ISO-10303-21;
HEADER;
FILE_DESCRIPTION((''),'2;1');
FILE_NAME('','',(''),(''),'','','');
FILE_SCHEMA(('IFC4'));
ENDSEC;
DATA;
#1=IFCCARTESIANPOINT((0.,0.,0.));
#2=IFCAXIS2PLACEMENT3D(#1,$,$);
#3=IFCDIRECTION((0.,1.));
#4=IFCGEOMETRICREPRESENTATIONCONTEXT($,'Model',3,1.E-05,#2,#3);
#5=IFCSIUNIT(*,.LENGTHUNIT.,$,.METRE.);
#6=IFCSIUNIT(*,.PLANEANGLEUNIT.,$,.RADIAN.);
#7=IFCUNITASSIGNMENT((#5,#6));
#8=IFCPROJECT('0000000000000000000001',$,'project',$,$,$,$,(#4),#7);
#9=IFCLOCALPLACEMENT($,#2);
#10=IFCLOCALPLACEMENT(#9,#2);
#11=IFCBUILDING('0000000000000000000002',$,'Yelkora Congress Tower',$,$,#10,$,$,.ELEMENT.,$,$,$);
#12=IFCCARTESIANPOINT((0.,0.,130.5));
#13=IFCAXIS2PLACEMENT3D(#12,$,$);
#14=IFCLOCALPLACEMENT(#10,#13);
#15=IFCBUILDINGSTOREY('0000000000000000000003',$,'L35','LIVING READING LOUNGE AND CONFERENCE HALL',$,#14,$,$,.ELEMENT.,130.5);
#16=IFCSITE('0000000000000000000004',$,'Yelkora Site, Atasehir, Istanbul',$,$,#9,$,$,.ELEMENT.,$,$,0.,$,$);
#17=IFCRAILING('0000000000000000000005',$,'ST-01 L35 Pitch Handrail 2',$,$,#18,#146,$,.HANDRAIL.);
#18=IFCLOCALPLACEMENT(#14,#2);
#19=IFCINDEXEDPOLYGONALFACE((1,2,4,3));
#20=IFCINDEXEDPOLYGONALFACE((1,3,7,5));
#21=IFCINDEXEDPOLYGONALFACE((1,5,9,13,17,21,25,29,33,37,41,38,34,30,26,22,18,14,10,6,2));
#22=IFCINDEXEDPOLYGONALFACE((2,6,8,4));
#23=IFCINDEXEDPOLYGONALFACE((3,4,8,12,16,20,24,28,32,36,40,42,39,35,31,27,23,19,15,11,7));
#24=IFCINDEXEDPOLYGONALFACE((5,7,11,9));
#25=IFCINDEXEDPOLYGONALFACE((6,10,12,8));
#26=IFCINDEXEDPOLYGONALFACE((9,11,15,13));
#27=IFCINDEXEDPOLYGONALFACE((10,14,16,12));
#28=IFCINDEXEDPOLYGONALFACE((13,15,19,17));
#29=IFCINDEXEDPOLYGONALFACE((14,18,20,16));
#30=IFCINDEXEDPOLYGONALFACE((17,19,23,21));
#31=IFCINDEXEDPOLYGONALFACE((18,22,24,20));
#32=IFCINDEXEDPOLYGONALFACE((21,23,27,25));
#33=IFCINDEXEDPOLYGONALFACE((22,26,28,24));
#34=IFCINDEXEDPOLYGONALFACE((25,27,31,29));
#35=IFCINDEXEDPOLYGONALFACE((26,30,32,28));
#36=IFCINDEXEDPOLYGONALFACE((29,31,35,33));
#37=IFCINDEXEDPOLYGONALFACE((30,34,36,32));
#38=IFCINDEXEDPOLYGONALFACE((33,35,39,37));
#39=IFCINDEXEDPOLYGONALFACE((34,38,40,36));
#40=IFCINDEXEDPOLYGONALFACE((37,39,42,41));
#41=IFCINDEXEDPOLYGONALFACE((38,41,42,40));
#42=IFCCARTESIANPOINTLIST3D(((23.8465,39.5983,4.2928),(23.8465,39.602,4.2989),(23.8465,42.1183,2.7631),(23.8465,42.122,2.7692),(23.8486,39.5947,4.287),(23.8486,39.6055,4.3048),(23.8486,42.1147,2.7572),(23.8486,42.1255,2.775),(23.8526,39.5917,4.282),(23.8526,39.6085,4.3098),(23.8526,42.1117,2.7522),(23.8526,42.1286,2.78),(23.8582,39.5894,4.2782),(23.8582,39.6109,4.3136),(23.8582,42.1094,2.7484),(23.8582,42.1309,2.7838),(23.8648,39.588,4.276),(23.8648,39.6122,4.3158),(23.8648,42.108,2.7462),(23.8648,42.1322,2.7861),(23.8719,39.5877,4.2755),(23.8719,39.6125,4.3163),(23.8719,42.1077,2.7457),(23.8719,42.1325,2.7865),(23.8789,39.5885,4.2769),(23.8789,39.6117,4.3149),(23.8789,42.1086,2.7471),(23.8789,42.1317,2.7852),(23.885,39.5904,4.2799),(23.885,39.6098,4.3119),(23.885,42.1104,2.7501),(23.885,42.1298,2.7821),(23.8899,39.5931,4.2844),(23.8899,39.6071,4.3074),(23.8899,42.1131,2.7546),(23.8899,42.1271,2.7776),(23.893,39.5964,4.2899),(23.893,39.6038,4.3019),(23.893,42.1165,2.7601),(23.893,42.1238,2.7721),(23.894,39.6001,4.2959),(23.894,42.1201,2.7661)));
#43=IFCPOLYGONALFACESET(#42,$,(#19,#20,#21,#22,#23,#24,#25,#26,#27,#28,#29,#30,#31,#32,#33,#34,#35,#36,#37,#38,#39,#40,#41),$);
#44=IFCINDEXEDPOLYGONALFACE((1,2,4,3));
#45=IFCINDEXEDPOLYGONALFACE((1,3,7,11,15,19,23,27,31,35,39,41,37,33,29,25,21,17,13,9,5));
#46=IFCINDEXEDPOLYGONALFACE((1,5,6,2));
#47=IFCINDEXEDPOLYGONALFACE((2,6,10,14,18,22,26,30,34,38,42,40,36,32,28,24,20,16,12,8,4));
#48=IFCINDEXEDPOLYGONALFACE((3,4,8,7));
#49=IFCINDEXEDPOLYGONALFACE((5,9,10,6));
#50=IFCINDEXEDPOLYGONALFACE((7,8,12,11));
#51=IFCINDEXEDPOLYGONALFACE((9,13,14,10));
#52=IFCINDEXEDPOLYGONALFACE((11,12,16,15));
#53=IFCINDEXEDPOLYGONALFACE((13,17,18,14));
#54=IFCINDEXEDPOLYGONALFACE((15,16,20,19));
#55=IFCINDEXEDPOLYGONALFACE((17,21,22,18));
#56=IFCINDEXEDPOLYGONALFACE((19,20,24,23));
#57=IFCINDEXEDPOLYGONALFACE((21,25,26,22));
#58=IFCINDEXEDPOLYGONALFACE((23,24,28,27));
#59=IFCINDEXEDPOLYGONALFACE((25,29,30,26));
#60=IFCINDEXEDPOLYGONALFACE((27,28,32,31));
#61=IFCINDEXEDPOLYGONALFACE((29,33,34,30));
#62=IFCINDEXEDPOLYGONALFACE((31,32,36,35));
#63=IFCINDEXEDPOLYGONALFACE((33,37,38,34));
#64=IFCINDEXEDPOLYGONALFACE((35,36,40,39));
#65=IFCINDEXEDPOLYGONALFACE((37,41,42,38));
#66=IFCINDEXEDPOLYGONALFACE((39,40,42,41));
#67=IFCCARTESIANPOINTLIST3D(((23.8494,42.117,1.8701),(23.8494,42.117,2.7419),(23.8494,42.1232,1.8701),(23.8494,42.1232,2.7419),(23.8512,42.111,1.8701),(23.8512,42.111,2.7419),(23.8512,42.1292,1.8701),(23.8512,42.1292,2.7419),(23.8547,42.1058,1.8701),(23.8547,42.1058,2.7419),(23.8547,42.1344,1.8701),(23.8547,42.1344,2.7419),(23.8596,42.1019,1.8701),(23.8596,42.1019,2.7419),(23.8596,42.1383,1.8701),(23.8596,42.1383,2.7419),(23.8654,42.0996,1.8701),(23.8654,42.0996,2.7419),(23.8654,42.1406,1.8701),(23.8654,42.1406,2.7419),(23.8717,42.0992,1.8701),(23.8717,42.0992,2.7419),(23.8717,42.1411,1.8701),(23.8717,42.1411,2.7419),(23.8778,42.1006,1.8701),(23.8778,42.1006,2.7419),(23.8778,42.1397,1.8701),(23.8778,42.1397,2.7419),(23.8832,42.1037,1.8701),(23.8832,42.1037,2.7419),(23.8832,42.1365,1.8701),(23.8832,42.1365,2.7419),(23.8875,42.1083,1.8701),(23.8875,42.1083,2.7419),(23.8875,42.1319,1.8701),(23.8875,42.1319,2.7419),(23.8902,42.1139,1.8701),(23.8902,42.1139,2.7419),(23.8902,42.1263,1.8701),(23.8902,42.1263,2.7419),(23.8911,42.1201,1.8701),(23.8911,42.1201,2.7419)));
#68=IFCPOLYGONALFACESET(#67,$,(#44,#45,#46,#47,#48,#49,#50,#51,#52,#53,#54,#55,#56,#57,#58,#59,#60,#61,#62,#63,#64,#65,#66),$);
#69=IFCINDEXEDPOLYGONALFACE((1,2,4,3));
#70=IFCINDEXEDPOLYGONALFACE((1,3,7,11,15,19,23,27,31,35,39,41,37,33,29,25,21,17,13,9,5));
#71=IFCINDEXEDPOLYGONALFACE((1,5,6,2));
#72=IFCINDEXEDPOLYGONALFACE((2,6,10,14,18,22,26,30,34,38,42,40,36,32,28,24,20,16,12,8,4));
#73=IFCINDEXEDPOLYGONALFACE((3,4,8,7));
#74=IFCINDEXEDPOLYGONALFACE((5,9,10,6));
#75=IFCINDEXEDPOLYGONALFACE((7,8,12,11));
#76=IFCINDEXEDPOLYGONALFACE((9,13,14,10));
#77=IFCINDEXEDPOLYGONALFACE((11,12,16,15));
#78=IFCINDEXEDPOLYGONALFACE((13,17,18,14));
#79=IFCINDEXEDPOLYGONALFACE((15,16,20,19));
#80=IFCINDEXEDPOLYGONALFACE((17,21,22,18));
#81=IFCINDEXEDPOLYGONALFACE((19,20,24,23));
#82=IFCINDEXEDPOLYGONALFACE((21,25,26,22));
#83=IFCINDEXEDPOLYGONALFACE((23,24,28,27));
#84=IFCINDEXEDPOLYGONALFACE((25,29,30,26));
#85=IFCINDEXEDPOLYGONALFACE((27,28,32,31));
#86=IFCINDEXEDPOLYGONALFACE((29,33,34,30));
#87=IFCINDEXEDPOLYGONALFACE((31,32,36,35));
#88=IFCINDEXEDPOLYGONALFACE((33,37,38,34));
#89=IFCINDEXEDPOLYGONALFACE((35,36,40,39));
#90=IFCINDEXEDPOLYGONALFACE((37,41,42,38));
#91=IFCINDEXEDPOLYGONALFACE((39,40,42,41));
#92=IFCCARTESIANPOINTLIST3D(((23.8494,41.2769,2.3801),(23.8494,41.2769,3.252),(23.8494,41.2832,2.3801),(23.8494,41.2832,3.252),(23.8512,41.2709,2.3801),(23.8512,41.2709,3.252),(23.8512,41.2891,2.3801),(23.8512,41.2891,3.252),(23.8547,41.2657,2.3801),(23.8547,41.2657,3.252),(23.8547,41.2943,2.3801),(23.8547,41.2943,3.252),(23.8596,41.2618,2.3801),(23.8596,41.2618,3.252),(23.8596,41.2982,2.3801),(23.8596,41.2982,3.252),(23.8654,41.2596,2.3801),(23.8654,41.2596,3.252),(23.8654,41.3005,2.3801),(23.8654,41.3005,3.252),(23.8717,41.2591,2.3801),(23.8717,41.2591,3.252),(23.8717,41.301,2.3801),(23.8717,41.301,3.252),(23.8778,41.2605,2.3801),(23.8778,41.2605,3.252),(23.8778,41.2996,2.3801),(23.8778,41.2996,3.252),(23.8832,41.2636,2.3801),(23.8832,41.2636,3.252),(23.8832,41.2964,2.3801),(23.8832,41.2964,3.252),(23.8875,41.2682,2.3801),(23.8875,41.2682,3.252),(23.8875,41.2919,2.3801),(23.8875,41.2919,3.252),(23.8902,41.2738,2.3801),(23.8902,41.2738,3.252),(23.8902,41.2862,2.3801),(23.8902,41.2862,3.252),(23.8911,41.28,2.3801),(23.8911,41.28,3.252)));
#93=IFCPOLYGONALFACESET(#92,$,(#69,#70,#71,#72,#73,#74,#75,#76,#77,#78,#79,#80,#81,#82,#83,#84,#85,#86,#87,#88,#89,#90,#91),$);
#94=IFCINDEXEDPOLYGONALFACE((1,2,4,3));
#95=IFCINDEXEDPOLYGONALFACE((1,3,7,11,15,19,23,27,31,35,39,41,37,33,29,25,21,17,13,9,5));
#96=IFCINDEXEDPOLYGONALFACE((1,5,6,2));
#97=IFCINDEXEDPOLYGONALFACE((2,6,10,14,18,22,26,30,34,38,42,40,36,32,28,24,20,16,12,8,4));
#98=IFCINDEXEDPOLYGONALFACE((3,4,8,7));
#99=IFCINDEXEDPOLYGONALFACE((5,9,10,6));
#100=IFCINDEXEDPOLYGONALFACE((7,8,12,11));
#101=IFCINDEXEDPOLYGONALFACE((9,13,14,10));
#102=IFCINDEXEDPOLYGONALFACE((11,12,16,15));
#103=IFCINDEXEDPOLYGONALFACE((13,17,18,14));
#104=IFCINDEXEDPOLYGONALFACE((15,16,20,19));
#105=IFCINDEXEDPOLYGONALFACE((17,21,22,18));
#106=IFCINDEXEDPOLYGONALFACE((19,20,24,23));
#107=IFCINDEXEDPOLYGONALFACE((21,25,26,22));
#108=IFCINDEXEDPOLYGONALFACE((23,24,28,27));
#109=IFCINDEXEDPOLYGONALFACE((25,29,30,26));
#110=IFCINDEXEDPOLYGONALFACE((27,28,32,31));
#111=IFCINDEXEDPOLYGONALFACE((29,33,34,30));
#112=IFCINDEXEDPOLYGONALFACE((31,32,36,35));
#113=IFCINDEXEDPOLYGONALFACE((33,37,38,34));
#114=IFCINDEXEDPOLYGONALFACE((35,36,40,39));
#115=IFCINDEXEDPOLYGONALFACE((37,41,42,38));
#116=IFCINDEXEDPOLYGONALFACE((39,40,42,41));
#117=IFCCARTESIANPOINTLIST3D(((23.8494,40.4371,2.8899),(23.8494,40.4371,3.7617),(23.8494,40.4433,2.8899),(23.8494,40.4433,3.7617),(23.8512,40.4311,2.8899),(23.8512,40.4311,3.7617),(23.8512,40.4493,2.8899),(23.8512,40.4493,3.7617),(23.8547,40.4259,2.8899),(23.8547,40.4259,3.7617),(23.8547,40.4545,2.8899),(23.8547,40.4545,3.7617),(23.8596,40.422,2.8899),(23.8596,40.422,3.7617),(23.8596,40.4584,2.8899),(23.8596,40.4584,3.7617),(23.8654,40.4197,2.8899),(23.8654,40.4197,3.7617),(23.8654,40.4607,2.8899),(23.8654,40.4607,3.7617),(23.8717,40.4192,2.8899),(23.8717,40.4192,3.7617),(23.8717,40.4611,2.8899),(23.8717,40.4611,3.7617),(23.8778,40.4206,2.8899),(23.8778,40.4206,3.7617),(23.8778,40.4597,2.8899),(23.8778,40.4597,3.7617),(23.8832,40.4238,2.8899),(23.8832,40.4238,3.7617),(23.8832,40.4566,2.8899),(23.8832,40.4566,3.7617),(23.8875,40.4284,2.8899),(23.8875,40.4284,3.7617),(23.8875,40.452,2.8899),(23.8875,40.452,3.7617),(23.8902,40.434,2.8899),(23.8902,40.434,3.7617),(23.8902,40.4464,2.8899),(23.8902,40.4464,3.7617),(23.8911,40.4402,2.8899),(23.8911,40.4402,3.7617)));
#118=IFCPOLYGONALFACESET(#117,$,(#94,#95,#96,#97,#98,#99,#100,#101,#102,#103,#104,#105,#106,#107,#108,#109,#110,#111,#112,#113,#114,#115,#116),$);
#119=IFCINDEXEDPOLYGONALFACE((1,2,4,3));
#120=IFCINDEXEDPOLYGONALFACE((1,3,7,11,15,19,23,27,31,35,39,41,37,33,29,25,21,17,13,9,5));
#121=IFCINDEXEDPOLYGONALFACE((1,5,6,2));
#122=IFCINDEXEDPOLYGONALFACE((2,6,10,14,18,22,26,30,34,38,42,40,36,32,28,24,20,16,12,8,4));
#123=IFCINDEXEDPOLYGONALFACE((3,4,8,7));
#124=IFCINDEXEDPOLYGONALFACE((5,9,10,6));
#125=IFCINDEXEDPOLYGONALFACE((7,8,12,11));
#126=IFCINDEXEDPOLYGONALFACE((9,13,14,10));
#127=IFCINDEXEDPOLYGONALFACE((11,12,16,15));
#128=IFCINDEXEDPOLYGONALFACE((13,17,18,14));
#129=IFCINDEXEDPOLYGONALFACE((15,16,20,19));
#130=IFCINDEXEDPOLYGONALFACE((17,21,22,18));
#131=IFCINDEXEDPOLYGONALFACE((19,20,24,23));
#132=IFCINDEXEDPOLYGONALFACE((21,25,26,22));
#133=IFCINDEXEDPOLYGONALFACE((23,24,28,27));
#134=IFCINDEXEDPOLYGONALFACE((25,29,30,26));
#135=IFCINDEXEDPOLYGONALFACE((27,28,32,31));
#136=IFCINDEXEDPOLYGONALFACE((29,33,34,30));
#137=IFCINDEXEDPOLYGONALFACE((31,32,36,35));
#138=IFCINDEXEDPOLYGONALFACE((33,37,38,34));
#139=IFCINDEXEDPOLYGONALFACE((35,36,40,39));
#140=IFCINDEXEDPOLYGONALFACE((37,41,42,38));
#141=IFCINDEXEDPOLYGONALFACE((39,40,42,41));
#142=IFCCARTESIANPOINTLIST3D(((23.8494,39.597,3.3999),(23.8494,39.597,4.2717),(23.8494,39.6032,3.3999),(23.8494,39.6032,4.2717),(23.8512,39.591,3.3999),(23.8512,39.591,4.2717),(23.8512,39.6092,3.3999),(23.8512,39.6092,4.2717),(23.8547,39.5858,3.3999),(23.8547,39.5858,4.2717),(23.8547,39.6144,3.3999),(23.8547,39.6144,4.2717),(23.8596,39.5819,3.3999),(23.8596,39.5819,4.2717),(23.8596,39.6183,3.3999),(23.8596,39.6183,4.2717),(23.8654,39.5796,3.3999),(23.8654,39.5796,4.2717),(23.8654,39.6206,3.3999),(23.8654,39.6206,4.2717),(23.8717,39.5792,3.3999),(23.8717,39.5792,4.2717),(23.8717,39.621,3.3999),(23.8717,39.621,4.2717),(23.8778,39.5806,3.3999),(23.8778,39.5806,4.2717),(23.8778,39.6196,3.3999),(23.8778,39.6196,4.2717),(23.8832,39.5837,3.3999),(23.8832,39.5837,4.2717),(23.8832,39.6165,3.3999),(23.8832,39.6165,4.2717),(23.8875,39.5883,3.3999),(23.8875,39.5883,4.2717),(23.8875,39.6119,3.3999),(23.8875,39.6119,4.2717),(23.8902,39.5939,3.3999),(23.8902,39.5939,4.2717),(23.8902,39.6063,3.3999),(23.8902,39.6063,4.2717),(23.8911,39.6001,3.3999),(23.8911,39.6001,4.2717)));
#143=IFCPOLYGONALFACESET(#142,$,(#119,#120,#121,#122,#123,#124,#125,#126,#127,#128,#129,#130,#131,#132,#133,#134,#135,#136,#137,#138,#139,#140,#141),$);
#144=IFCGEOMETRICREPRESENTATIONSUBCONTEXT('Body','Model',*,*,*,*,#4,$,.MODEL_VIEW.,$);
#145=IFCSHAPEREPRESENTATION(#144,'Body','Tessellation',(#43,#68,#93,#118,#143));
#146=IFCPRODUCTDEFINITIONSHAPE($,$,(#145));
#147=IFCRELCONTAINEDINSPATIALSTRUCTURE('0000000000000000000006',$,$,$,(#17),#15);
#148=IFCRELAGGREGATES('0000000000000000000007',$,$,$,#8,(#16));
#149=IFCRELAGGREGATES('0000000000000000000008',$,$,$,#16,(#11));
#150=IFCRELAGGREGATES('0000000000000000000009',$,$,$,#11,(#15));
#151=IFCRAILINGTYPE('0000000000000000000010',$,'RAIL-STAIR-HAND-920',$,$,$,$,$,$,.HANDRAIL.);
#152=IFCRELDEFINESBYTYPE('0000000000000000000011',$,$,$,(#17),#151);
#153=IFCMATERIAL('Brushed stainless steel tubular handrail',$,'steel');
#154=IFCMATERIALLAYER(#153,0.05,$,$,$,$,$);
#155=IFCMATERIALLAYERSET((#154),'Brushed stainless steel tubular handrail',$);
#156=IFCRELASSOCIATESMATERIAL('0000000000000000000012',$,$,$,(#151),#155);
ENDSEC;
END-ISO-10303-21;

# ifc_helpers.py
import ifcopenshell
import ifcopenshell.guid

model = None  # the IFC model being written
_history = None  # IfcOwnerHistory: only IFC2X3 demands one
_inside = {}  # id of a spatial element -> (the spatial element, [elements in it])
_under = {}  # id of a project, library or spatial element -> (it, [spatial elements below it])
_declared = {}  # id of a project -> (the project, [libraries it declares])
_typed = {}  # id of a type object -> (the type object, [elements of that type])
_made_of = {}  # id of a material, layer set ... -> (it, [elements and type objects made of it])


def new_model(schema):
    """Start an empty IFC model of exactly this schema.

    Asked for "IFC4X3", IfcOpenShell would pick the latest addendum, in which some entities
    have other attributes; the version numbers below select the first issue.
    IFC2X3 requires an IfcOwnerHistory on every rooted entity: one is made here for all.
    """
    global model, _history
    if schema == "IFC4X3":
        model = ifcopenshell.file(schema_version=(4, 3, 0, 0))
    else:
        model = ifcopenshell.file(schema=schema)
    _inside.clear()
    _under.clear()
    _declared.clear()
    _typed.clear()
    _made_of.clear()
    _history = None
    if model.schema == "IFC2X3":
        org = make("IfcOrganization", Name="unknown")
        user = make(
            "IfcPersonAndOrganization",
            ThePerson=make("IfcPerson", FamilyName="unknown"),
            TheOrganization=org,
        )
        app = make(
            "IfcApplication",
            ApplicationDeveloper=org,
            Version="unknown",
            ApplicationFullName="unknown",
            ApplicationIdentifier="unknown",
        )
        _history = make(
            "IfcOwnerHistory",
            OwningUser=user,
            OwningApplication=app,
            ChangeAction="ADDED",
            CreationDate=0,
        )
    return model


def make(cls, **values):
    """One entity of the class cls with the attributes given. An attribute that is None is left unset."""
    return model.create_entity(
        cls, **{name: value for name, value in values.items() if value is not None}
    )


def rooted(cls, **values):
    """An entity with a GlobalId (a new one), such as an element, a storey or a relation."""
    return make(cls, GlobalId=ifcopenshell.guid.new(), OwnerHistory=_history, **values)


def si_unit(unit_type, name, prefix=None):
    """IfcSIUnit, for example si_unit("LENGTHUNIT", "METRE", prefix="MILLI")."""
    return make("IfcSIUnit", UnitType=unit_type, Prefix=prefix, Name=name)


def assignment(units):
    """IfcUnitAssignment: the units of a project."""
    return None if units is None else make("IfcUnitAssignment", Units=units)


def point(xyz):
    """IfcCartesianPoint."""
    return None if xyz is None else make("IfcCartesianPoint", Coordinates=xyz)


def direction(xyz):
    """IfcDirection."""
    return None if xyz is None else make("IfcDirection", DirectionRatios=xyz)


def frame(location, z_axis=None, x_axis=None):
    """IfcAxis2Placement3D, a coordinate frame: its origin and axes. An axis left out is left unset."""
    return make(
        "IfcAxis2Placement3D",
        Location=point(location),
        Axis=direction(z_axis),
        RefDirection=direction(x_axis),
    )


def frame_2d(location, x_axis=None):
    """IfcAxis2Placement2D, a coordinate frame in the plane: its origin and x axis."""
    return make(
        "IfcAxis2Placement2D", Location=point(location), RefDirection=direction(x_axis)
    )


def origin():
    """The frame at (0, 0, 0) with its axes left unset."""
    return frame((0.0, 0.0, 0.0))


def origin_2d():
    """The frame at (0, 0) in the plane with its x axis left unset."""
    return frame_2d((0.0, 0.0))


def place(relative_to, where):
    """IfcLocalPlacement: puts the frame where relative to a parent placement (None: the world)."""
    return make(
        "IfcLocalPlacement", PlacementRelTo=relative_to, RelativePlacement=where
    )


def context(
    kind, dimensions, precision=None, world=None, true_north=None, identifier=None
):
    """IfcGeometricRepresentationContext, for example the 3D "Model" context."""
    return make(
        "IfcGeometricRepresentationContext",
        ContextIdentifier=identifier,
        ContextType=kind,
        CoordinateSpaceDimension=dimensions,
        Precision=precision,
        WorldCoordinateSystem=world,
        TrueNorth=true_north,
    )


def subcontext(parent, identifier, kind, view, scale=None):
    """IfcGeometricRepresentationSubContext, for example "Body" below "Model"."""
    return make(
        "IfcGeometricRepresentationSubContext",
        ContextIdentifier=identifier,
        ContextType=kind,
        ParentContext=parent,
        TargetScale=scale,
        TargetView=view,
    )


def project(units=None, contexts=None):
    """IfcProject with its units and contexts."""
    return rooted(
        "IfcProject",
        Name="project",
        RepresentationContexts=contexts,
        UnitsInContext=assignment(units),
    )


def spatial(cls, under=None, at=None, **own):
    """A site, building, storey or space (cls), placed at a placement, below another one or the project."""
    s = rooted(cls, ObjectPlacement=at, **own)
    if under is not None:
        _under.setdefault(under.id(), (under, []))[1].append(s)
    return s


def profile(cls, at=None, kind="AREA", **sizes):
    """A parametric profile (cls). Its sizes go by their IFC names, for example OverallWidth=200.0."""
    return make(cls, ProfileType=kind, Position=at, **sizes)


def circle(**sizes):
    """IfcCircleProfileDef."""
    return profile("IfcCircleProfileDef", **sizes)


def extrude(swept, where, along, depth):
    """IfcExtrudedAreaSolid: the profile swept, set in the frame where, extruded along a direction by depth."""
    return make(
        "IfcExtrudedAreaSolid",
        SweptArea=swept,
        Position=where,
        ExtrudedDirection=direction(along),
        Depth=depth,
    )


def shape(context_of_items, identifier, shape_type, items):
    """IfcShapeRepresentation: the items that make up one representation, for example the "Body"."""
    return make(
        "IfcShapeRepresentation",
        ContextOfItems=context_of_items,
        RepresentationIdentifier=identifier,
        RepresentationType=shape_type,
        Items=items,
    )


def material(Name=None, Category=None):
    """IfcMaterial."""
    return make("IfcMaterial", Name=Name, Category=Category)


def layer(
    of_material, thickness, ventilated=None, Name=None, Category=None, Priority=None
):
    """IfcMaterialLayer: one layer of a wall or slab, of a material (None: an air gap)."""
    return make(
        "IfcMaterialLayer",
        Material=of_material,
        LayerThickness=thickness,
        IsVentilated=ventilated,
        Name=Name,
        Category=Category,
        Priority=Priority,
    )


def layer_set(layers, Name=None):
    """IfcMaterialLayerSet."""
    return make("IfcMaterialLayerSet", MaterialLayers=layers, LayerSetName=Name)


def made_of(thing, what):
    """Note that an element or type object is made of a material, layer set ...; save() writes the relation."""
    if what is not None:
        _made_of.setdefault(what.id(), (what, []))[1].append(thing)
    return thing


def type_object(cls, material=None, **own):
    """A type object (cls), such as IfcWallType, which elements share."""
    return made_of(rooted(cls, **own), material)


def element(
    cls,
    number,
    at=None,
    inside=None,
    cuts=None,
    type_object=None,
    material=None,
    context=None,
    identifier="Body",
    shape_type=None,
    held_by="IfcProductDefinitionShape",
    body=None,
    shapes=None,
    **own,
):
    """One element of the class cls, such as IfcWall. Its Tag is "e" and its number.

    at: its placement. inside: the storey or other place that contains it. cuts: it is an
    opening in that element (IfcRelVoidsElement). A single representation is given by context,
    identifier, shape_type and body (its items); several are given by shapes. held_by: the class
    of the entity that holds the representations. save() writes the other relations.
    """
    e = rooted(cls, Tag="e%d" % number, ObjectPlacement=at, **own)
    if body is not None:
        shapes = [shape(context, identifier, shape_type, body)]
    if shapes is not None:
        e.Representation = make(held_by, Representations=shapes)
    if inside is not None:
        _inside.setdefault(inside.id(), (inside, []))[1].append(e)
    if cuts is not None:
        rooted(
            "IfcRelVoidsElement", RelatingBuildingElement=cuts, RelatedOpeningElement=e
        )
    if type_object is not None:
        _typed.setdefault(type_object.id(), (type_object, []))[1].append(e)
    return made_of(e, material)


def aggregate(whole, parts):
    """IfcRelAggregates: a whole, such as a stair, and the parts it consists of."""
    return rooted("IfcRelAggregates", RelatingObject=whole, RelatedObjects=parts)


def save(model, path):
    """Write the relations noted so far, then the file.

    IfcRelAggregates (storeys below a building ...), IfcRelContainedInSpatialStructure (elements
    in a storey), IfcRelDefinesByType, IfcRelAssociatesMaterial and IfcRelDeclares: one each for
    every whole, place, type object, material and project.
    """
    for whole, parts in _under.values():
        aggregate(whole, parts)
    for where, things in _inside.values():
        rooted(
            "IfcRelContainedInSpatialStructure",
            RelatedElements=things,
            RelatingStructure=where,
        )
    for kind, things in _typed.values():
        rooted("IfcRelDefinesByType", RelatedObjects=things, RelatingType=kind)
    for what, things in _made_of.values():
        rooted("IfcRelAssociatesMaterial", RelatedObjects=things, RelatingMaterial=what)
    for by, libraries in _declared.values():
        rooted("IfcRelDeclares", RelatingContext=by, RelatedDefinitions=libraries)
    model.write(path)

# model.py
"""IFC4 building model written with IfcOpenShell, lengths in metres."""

from ifc_helpers import new_model, si_unit, direction, frame, origin, origin_2d, place, context, subcontext, project, spatial, circle, extrude, material, layer, layer_set, type_object, element, save


model = new_model("IFC4")

# Units and contexts
model_context = context("Model", 3, precision=1e-05, world=origin(), true_north=direction((0.0, 1.0)))
body_context = subcontext(model_context, "Body", "Model", "MODEL_VIEW")
ifc_project = project(units=[si_unit("LENGTHUNIT", "METRE"), si_unit("PLANEANGLEUNIT", "RADIAN")], contexts=[model_context])

# Site, building, storey
site_placement = place(None, origin())
site = spatial("IfcSite", under=ifc_project, at=site_placement, Name="Yelkora Site, Atasehir, Istanbul", CompositionType="ELEMENT", RefElevation=0.0)
building_placement = place(site_placement, origin())
building = spatial("IfcBuilding", under=site, at=building_placement, Name="Yelkora Congress Tower", CompositionType="ELEMENT")
storey_placement = place(building_placement, frame((0.0, 0.0, 130.5)))
storey = spatial("IfcBuildingStorey", under=building, at=storey_placement, Name="L35", Description="LIVING READING LOUNGE AND CONFERENCE HALL", CompositionType="ELEMENT", Elevation=130.5)

# Railing
ifc_material_1 = material(Name="Brushed stainless steel tubular handrail", Category="steel")
ifc_layer_1 = layer(ifc_material_1, 0.05)
ifc_layer_set_1 = layer_set([ifc_layer_1], Name="Brushed stainless steel tubular handrail")
railing_type_1 = type_object("IfcRailingType", Name="RAIL-STAIR-HAND-920", PredefinedType="HANDRAIL", material=ifc_layer_set_1)
railing_1_placement = place(storey_placement, frame((23.8701, 42.1201, 1.8701)))
element("IfcRailing", 1, at=railing_1_placement, inside=storey, type_object=railing_type_1, Name="ST-01 L35 Pitch Handrail 2", PredefinedType="HANDRAIL", context=body_context, shape_type="SweptSolid", body=[
    extrude(circle(Radius=0.0239, at=origin_2d()), frame((0.0, 0.0, 0.896), z_axis=(0.0, -0.854822, 0.518922), x_axis=(1.0, 0.0, 0.0)), (0.0, 0.0, 1.0), 2.948),
    extrude(circle(Radius=0.021, at=origin_2d()), origin(), (0.0, 0.0, 1.0), 0.8718),
    extrude(circle(Radius=0.021, at=origin_2d()), frame((0.0, -0.8401, 0.51)), (0.0, 0.0, 1.0), 0.8718),
    extrude(circle(Radius=0.021, at=origin_2d()), frame((0.0, -1.6799, 1.0198)), (0.0, 0.0, 1.0), 0.8718),
    extrude(circle(Radius=0.021, at=origin_2d()), frame((0.0, -2.52, 1.5298)), (0.0, 0.0, 1.0), 0.8718),
])

save(model, "model.ifc")
